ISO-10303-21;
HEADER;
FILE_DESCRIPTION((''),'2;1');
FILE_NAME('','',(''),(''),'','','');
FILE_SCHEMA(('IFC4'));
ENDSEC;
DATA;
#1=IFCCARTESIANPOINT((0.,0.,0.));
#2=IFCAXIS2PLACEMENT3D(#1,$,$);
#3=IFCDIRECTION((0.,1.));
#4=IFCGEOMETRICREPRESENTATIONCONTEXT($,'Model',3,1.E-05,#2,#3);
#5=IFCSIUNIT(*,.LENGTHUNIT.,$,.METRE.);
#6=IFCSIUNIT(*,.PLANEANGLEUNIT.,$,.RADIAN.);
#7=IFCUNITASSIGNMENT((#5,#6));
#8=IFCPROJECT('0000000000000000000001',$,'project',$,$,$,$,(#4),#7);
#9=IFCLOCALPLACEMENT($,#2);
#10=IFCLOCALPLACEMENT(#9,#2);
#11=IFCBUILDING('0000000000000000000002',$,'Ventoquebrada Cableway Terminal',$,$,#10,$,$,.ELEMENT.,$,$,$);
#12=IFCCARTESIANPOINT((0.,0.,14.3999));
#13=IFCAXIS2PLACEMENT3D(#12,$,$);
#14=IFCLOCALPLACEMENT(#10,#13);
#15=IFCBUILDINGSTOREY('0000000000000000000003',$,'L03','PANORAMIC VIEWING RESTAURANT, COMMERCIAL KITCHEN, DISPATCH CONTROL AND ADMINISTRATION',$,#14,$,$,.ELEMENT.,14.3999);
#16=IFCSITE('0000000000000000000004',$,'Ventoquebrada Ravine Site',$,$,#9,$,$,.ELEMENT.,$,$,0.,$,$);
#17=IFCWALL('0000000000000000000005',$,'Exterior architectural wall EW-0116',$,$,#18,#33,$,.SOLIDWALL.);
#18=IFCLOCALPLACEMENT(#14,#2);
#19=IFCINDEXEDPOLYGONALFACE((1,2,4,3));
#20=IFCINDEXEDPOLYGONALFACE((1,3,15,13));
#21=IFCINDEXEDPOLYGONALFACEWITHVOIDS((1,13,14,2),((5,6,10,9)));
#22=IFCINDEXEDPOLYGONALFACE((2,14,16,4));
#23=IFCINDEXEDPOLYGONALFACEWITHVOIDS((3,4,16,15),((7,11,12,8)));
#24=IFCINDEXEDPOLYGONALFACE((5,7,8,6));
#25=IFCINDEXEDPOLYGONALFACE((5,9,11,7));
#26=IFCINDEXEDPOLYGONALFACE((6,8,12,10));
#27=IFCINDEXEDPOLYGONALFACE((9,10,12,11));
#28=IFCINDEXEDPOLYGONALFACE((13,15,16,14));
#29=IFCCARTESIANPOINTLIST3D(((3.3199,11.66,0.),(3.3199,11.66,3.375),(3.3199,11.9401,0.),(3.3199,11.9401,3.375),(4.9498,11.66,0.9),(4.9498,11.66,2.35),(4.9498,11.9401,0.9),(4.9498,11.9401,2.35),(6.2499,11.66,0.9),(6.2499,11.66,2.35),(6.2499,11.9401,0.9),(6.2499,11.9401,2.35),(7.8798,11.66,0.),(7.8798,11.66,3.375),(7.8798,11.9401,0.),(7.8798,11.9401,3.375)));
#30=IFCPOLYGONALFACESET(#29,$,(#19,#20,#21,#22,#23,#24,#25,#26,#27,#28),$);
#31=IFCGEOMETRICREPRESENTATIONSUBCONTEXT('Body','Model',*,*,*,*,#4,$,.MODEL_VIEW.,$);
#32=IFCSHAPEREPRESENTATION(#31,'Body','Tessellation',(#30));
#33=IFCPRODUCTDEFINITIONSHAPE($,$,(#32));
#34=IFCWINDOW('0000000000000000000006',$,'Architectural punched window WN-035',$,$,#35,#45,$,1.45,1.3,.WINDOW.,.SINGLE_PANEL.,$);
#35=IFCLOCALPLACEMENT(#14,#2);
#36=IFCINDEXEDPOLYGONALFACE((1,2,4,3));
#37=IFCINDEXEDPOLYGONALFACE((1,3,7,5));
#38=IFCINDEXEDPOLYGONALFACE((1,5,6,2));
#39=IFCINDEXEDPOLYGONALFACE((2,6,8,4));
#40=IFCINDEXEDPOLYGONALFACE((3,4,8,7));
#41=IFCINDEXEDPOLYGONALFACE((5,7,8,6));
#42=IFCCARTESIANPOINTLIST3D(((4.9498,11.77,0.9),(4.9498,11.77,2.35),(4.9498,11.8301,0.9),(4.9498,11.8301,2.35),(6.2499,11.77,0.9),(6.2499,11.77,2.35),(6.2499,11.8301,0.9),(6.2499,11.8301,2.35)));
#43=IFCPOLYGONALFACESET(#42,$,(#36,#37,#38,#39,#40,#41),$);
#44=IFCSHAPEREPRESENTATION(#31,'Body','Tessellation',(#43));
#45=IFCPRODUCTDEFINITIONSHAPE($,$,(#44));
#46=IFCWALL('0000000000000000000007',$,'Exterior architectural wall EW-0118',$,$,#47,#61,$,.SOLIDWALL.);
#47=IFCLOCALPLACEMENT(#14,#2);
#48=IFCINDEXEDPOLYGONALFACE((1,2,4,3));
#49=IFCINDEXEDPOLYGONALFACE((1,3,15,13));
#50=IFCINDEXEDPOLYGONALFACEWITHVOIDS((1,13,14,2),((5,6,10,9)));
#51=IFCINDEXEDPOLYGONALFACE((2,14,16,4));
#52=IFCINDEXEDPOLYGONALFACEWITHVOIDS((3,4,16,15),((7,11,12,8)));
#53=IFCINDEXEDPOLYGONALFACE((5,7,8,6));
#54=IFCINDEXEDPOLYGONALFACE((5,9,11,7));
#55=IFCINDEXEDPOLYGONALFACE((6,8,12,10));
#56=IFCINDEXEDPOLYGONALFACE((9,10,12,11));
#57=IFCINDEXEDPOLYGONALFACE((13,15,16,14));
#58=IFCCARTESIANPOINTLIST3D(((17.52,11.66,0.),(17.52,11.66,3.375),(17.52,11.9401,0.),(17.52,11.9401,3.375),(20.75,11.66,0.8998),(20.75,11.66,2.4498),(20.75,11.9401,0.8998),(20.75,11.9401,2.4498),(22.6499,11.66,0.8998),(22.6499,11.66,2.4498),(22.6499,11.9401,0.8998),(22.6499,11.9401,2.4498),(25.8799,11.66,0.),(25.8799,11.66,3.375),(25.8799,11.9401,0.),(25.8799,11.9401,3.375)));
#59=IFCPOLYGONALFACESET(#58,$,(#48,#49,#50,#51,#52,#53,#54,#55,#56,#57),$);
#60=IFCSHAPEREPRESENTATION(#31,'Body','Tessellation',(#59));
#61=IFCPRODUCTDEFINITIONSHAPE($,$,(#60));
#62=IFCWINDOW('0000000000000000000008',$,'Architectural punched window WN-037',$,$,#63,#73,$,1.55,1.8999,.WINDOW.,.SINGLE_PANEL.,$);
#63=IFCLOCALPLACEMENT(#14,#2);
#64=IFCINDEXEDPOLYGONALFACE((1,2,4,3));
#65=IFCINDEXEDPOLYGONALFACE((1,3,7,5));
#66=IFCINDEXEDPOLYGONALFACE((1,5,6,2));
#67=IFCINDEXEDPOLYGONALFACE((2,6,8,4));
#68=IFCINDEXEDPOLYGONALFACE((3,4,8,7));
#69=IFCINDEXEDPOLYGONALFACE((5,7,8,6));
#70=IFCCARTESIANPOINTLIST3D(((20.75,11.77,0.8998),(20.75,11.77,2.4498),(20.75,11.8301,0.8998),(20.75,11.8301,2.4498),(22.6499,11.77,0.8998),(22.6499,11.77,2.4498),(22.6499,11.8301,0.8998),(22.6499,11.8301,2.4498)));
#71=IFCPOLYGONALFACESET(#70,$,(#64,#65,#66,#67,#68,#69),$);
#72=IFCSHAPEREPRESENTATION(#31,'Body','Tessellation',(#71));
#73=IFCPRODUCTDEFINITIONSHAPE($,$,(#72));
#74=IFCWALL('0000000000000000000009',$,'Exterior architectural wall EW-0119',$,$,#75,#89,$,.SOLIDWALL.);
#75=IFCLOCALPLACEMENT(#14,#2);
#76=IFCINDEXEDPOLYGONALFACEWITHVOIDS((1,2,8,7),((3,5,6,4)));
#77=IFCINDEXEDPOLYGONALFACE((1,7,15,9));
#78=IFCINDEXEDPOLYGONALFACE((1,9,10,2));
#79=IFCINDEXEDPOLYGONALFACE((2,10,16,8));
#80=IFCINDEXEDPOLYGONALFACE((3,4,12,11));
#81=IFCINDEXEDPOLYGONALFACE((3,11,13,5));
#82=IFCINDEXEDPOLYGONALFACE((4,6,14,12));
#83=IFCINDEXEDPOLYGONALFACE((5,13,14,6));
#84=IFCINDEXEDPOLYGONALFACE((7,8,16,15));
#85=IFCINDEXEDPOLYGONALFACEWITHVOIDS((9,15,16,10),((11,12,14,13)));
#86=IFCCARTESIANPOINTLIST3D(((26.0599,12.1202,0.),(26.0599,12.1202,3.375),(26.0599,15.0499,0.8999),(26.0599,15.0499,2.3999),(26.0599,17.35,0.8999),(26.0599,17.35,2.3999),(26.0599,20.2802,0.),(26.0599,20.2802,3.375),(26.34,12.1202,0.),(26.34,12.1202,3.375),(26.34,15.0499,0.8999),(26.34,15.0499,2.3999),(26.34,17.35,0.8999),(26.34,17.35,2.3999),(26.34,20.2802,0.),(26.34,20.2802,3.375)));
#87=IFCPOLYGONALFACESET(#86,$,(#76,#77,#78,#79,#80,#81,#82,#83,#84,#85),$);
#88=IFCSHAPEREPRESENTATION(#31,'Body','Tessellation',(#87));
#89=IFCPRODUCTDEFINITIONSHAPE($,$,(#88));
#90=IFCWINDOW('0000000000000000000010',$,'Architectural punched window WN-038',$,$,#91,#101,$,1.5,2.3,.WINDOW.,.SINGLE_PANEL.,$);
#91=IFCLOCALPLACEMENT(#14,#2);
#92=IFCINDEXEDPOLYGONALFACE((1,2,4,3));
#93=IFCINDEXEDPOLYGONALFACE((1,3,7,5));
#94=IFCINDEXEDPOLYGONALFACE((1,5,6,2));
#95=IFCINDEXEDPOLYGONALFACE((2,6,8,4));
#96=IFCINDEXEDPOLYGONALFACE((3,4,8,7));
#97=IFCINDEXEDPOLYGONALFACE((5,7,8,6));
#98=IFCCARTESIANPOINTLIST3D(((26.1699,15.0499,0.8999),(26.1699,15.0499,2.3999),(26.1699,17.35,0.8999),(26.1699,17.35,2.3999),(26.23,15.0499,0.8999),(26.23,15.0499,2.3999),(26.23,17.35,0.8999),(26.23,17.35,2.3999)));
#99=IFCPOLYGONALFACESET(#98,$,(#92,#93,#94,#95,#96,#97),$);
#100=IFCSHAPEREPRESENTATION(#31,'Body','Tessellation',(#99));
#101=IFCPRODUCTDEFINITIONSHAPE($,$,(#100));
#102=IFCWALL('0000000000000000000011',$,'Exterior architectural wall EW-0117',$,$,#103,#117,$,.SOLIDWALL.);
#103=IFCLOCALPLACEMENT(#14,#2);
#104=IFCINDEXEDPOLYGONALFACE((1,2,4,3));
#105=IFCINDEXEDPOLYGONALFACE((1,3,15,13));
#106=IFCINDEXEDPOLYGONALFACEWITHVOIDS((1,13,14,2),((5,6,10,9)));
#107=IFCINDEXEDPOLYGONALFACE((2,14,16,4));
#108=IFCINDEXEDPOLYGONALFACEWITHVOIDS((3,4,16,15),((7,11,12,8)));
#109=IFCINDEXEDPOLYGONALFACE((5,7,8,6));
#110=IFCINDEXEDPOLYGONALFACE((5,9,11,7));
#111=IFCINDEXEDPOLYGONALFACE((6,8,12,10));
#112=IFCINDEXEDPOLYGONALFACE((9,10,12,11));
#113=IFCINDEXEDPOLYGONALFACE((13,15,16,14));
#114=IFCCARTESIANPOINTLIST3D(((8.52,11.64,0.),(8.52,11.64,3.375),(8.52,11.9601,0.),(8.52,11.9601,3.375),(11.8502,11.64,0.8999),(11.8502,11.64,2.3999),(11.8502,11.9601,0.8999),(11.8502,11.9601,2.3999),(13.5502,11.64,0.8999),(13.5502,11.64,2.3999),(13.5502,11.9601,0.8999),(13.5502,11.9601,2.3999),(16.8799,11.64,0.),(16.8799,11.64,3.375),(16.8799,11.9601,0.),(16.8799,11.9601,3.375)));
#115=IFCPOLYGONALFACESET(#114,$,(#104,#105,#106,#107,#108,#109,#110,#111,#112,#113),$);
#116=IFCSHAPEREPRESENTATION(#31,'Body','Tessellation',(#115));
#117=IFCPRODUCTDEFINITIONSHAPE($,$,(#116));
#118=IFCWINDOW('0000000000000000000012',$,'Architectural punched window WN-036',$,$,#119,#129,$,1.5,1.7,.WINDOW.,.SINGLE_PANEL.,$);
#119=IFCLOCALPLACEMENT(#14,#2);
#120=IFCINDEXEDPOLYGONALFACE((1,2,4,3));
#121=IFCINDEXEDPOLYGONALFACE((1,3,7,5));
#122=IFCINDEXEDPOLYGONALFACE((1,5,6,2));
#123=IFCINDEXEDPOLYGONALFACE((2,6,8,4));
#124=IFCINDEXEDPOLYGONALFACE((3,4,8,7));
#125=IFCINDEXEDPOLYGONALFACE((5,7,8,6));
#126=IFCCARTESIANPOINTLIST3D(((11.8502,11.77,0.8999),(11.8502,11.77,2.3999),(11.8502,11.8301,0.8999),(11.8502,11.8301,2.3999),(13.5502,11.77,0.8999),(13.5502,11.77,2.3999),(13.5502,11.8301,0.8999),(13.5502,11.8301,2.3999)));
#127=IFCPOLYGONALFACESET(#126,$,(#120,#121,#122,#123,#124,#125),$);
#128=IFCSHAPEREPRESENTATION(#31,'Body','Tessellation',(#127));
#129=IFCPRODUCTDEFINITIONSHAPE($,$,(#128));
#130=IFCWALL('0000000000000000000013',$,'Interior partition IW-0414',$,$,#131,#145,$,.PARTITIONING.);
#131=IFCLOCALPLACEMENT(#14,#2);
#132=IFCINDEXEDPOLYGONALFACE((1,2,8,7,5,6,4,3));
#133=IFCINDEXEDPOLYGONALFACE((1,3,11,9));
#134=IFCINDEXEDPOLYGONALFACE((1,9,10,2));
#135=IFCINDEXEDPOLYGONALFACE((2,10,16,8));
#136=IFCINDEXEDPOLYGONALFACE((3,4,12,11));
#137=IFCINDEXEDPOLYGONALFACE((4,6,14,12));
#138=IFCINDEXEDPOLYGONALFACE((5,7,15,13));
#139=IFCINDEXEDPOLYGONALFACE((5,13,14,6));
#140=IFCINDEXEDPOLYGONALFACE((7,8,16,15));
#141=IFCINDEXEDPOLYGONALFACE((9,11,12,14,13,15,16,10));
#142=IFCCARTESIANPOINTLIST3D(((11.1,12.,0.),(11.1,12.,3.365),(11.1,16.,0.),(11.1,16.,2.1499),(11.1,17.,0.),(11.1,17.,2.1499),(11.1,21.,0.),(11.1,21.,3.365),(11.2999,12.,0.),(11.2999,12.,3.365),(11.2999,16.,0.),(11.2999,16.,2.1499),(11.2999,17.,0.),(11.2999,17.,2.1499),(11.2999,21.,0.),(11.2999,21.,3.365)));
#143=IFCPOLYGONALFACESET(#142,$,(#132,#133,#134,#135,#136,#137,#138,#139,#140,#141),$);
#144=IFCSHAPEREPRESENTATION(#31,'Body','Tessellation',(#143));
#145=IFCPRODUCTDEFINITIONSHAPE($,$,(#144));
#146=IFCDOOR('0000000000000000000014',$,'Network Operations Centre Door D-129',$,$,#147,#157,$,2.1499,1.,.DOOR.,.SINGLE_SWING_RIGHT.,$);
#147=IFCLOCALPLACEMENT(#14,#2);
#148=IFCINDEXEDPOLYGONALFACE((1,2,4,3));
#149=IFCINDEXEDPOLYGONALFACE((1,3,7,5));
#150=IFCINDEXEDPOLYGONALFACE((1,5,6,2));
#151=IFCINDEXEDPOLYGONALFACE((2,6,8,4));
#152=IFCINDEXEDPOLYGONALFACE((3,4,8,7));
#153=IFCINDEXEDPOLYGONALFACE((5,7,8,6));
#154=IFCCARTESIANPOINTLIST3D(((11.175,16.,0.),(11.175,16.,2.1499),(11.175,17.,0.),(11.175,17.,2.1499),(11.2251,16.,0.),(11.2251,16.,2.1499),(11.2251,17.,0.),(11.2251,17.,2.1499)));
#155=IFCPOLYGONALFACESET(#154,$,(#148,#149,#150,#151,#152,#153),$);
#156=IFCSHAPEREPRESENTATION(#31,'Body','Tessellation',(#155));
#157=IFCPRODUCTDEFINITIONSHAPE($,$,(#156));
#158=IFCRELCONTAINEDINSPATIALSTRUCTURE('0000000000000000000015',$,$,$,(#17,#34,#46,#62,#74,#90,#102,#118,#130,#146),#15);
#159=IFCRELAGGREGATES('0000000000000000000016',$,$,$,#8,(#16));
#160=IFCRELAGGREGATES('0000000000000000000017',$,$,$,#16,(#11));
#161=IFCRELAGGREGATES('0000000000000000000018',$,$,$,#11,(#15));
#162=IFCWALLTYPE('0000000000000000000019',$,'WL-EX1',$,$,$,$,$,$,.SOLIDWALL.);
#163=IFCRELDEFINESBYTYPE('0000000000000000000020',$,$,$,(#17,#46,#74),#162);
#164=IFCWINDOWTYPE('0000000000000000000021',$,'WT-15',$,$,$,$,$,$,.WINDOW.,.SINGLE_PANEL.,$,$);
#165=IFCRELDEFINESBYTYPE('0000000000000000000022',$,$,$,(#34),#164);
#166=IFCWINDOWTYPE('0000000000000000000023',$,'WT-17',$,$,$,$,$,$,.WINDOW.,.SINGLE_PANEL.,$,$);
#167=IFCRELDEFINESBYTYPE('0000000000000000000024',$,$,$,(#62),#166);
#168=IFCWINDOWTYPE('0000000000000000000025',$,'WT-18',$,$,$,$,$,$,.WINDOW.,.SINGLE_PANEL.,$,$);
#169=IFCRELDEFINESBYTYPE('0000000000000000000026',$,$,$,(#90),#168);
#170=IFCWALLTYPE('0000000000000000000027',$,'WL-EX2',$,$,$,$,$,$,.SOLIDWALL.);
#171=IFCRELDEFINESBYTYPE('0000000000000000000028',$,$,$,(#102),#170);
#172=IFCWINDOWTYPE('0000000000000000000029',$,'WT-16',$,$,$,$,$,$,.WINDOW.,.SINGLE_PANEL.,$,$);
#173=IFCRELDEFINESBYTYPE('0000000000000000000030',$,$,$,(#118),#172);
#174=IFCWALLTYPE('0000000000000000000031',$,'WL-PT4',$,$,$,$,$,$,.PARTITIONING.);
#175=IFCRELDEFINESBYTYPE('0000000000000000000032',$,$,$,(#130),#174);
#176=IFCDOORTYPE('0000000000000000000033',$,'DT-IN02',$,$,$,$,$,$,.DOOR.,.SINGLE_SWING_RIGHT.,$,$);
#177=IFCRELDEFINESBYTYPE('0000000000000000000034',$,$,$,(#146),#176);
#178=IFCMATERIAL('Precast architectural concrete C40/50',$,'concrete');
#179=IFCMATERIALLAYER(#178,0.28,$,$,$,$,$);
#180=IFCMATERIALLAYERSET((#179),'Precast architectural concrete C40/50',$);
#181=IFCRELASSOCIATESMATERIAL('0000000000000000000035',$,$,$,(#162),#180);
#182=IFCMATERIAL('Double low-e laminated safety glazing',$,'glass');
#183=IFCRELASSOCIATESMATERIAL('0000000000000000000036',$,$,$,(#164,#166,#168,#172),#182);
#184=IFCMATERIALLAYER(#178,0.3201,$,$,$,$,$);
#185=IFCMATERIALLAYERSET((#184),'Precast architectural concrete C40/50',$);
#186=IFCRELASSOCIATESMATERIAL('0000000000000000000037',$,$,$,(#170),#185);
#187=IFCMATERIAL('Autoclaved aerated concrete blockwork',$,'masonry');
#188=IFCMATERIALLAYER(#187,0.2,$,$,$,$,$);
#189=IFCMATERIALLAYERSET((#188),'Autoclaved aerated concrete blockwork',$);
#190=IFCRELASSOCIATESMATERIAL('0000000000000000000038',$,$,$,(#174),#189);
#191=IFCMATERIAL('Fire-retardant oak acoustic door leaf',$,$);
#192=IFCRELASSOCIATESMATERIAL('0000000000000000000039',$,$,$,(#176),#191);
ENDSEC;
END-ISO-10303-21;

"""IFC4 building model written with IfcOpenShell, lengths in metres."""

from ifc_helpers import new_model, si_unit, direction, frame, frame_2d, origin, place, context, subcontext, project, spatial, rectangle, extrude, material, layer, layer_set, type_object, element, fill, save


model = new_model("IFC4")

# Units and contexts
model_context = context("Model", 3, precision=1e-05, world=origin(), true_north=direction((0.0, 1.0)))
body_context = subcontext(model_context, "Body", "Model", "MODEL_VIEW")
ifc_project = project(units=[si_unit("LENGTHUNIT", "METRE"), si_unit("PLANEANGLEUNIT", "RADIAN")], contexts=[model_context])

# Site, building, storey
site_placement = place(None, origin())
site = spatial("IfcSite", under=ifc_project, at=site_placement, Name="Ventoquebrada Ravine Site", CompositionType="ELEMENT", RefElevation=0.0)
building_placement = place(site_placement, origin())
building = spatial("IfcBuilding", under=site, at=building_placement, Name="Ventoquebrada Cableway Terminal", CompositionType="ELEMENT")
storey_placement = place(building_placement, frame((0.0, 0.0, 14.3999)))
storey = spatial("IfcBuildingStorey", under=building, at=storey_placement, Name="L03", Description="PANORAMIC VIEWING RESTAURANT, COMMERCIAL KITCHEN, DISPATCH CONTROL AND ADMINISTRATION", CompositionType="ELEMENT", Elevation=14.3999)

# Walls, openings, windows
ifc_material_1 = material(Name="Precast architectural concrete C40/50", Category="concrete")
ifc_layer_1 = layer(ifc_material_1, 0.28)
ifc_layer_set_1 = layer_set([ifc_layer_1], Name="Precast architectural concrete C40/50")
wall_type_1 = type_object("IfcWallType", Name="WL-EX1", PredefinedType="SOLIDWALL", material=ifc_layer_set_1)
wall_1_placement = place(storey_placement, frame((3.3201, 11.8, 0.0), z_axis=(0.0, 0.0, 1.0), x_axis=(1.0, 0.0, 0.0)))
wall_1 = element("IfcWall", 1, at=wall_1_placement, inside=storey, type_object=wall_type_1, Name="Exterior architectural wall EW-0116", PredefinedType="SOLIDWALL", context=body_context, shape_type="SweptSolid", body=[
    extrude(rectangle(XDim=4.5598, YDim=0.28, at=frame_2d((2.2798, 0.0))), origin(), (0.0, 0.0, 1.0), 3.375),
])
opening_1_placement = place(wall_1_placement, frame((1.6299, 0.0, 0.8999)))
opening_1 = element("IfcOpeningElement", 2, at=opening_1_placement, cuts=wall_1, PredefinedType="OPENING", context=body_context, shape_type="SweptSolid", body=[
    extrude(rectangle(XDim=1.3, YDim=1.45, at=frame_2d((0.6499, 0.7251))), frame((0.0, 0.1499, 0.0), z_axis=(0.0, -1.0, 0.0), x_axis=(1.0, 0.0, 0.0)), (0.0, 0.0, 1.0), 0.3),
])
ifc_material_2 = material(Name="Double low-e laminated safety glazing", Category="glass")
window_type_1 = type_object("IfcWindowType", Name="WT-15", PartitioningType="SINGLE_PANEL", PredefinedType="WINDOW", material=ifc_material_2)
window_1_placement = place(opening_1_placement, origin())
window_1 = element("IfcWindow", 3, at=window_1_placement, inside=storey, type_object=window_type_1, Name="Architectural punched window WN-035", OverallHeight=1.45, OverallWidth=1.3, PartitioningType="SINGLE_PANEL", PredefinedType="WINDOW", context=body_context, shape_type="SweptSolid", body=[
    extrude(rectangle(XDim=1.3, YDim=1.45, at=frame_2d((0.6499, 0.7251))), frame((0.0, 0.03, 0.0), z_axis=(0.0, -1.0, 0.0), x_axis=(1.0, 0.0, 0.0)), (0.0, 0.0, 1.0), 0.0601),
])
fill(opening_1, window_1)
wall_2_placement = place(storey_placement, frame((17.52, 11.8, 0.0), z_axis=(0.0, 0.0, 1.0), x_axis=(1.0, 0.0, 0.0)))
wall_2 = element("IfcWall", 4, at=wall_2_placement, inside=storey, type_object=wall_type_1, Name="Exterior architectural wall EW-0118", PredefinedType="SOLIDWALL", context=body_context, shape_type="SweptSolid", body=[
    extrude(rectangle(XDim=8.3599, YDim=0.28, at=frame_2d((4.1799, 0.0))), origin(), (0.0, 0.0, 1.0), 3.375),
])
opening_2_placement = place(wall_2_placement, frame((3.23, 0.0, 0.8999)))
opening_2 = element("IfcOpeningElement", 5, at=opening_2_placement, cuts=wall_2, PredefinedType="OPENING", context=body_context, shape_type="SweptSolid", body=[
    extrude(rectangle(XDim=1.8999, YDim=1.55, at=frame_2d((0.95, 0.7749))), frame((0.0, 0.1499, 0.0), z_axis=(0.0, -1.0, 0.0), x_axis=(1.0, 0.0, 0.0)), (0.0, 0.0, 1.0), 0.3),
])
window_type_2 = type_object("IfcWindowType", Name="WT-17", PartitioningType="SINGLE_PANEL", PredefinedType="WINDOW", material=ifc_material_2)
window_2_placement = place(opening_2_placement, origin())
window_2 = element("IfcWindow", 6, at=window_2_placement, inside=storey, type_object=window_type_2, Name="Architectural punched window WN-037", OverallHeight=1.55, OverallWidth=1.8999, PartitioningType="SINGLE_PANEL", PredefinedType="WINDOW", context=body_context, shape_type="SweptSolid", body=[
    extrude(rectangle(XDim=1.8999, YDim=1.55, at=frame_2d((0.95, 0.7749))), frame((0.0, 0.03, 0.0), z_axis=(0.0, -1.0, 0.0), x_axis=(1.0, 0.0, 0.0)), (0.0, 0.0, 1.0), 0.0601),
])
fill(opening_2, window_2)
wall_3_placement = place(storey_placement, frame((26.2, 12.1201, 0.0), z_axis=(0.0, 0.0, 1.0), x_axis=(0.0, 1.0, 0.0)))
wall_3 = element("IfcWall", 7, at=wall_3_placement, inside=storey, type_object=wall_type_1, Name="Exterior architectural wall EW-0119", PredefinedType="SOLIDWALL", context=body_context, shape_type="SweptSolid", body=[
    extrude(rectangle(XDim=8.1599, YDim=0.28, at=frame_2d((4.0801, 0.0))), origin(), (0.0, 0.0, 1.0), 3.375),
])
opening_3_placement = place(wall_3_placement, frame((2.9299, 0.0, 0.8999)))
opening_3 = element("IfcOpeningElement", 8, at=opening_3_placement, cuts=wall_3, PredefinedType="OPENING", context=body_context, shape_type="SweptSolid", body=[
    extrude(rectangle(XDim=2.3, YDim=1.5, at=frame_2d((1.1499, 0.75))), frame((0.0, 0.1499, 0.0), z_axis=(0.0, -1.0, 0.0), x_axis=(1.0, 0.0, 0.0)), (0.0, 0.0, 1.0), 0.3),
])
window_type_3 = type_object("IfcWindowType", Name="WT-18", PartitioningType="SINGLE_PANEL", PredefinedType="WINDOW", material=ifc_material_2)
window_3_placement = place(opening_3_placement, origin())
window_3 = element("IfcWindow", 9, at=window_3_placement, inside=storey, type_object=window_type_3, Name="Architectural punched window WN-038", OverallHeight=1.5, OverallWidth=2.3, PartitioningType="SINGLE_PANEL", PredefinedType="WINDOW", context=body_context, shape_type="SweptSolid", body=[
    extrude(rectangle(XDim=2.3, YDim=1.5, at=frame_2d((1.1499, 0.75))), frame((0.0, 0.03, 0.0), z_axis=(0.0, -1.0, 0.0), x_axis=(1.0, 0.0, 0.0)), (0.0, 0.0, 1.0), 0.0601),
])
fill(opening_3, window_3)
ifc_layer_2 = layer(ifc_material_1, 0.3201)
ifc_layer_set_2 = layer_set([ifc_layer_2], Name="Precast architectural concrete C40/50")
wall_type_2 = type_object("IfcWallType", Name="WL-EX2", PredefinedType="SOLIDWALL", material=ifc_layer_set_2)
wall_4_placement = place(storey_placement, frame((8.52, 11.8, 0.0), z_axis=(0.0, 0.0, 1.0), x_axis=(1.0, 0.0, 0.0)))
wall_4 = element("IfcWall", 10, at=wall_4_placement, inside=storey, type_object=wall_type_2, Name="Exterior architectural wall EW-0117", PredefinedType="SOLIDWALL", context=body_context, shape_type="SweptSolid", body=[
    extrude(rectangle(XDim=8.3599, YDim=0.3201, at=frame_2d((4.1799, 0.0))), origin(), (0.0, 0.0, 1.0), 3.375),
])
opening_4_placement = place(wall_4_placement, frame((3.3301, 0.0, 0.8999)))
opening_4 = element("IfcOpeningElement", 11, at=opening_4_placement, cuts=wall_4, PredefinedType="OPENING", context=body_context, shape_type="SweptSolid", body=[
    extrude(rectangle(XDim=1.7, YDim=1.5, at=frame_2d((0.8501, 0.75))), frame((0.0, 0.1699, 0.0), z_axis=(0.0, -1.0, 0.0), x_axis=(1.0, 0.0, 0.0)), (0.0, 0.0, 1.0), 0.3401),
])
window_type_4 = type_object("IfcWindowType", Name="WT-16", PartitioningType="SINGLE_PANEL", PredefinedType="WINDOW", material=ifc_material_2)
window_4_placement = place(opening_4_placement, origin())
window_4 = element("IfcWindow", 12, at=window_4_placement, inside=storey, type_object=window_type_4, Name="Architectural punched window WN-036", OverallHeight=1.5, OverallWidth=1.7, PartitioningType="SINGLE_PANEL", PredefinedType="WINDOW", context=body_context, shape_type="SweptSolid", body=[
    extrude(rectangle(XDim=1.7, YDim=1.5, at=frame_2d((0.8501, 0.75))), frame((0.0, 0.03, 0.0), z_axis=(0.0, -1.0, 0.0), x_axis=(1.0, 0.0, 0.0)), (0.0, 0.0, 1.0), 0.0601),
])
fill(opening_4, window_4)

# Wall, opening, door
ifc_material_3 = material(Name="Autoclaved aerated concrete blockwork", Category="masonry")
ifc_layer_3 = layer(ifc_material_3, 0.2)
ifc_layer_set_3 = layer_set([ifc_layer_3], Name="Autoclaved aerated concrete blockwork")
wall_type_3 = type_object("IfcWallType", Name="WL-PT4", PredefinedType="PARTITIONING", material=ifc_layer_set_3)
wall_5_placement = place(storey_placement, frame((11.2, 12.0, 0.0), z_axis=(0.0, 0.0, 1.0), x_axis=(0.0, 1.0, 0.0)))
wall_5 = element("IfcWall", 13, at=wall_5_placement, inside=storey, type_object=wall_type_3, Name="Interior partition IW-0414", PredefinedType="PARTITIONING", context=body_context, shape_type="SweptSolid", body=[
    extrude(rectangle(XDim=9.0, YDim=0.2, at=frame_2d((4.5, 0.0))), origin(), (0.0, 0.0, 1.0), 3.365),
])
opening_5_placement = place(wall_5_placement, frame((4.0, 0.0, 0.0)))
opening_5 = element("IfcOpeningElement", 14, at=opening_5_placement, cuts=wall_5, PredefinedType="OPENING", context=body_context, shape_type="SweptSolid", body=[
    extrude(rectangle(XDim=1.0, YDim=2.1499, at=frame_2d((0.5, 1.075))), frame((0.0, 0.1099, 0.0), z_axis=(0.0, -1.0, 0.0), x_axis=(1.0, 0.0, 0.0)), (0.0, 0.0, 1.0), 0.22),
])
ifc_material_4 = material(Name="Fire-retardant oak acoustic door leaf")
door_type_1 = type_object("IfcDoorType", Name="DT-IN02", OperationType="SINGLE_SWING_RIGHT", PredefinedType="DOOR", material=ifc_material_4)
door_1_placement = place(opening_5_placement, origin())
door_1 = element("IfcDoor", 15, at=door_1_placement, inside=storey, type_object=door_type_1, Name="Network Operations Centre Door D-129", OperationType="SINGLE_SWING_RIGHT", OverallHeight=2.1499, OverallWidth=1.0, PredefinedType="DOOR", context=body_context, shape_type="SweptSolid", body=[
    extrude(rectangle(XDim=1.0, YDim=2.1499, at=frame_2d((0.5, 1.075))), frame((0.0, 0.0249, 0.0), z_axis=(0.0, -1.0, 0.0), x_axis=(1.0, 0.0, 0.0)), (0.0, 0.0, 1.0), 0.05),
])
fill(opening_5, door_1)

save(model, "model.ifc")
